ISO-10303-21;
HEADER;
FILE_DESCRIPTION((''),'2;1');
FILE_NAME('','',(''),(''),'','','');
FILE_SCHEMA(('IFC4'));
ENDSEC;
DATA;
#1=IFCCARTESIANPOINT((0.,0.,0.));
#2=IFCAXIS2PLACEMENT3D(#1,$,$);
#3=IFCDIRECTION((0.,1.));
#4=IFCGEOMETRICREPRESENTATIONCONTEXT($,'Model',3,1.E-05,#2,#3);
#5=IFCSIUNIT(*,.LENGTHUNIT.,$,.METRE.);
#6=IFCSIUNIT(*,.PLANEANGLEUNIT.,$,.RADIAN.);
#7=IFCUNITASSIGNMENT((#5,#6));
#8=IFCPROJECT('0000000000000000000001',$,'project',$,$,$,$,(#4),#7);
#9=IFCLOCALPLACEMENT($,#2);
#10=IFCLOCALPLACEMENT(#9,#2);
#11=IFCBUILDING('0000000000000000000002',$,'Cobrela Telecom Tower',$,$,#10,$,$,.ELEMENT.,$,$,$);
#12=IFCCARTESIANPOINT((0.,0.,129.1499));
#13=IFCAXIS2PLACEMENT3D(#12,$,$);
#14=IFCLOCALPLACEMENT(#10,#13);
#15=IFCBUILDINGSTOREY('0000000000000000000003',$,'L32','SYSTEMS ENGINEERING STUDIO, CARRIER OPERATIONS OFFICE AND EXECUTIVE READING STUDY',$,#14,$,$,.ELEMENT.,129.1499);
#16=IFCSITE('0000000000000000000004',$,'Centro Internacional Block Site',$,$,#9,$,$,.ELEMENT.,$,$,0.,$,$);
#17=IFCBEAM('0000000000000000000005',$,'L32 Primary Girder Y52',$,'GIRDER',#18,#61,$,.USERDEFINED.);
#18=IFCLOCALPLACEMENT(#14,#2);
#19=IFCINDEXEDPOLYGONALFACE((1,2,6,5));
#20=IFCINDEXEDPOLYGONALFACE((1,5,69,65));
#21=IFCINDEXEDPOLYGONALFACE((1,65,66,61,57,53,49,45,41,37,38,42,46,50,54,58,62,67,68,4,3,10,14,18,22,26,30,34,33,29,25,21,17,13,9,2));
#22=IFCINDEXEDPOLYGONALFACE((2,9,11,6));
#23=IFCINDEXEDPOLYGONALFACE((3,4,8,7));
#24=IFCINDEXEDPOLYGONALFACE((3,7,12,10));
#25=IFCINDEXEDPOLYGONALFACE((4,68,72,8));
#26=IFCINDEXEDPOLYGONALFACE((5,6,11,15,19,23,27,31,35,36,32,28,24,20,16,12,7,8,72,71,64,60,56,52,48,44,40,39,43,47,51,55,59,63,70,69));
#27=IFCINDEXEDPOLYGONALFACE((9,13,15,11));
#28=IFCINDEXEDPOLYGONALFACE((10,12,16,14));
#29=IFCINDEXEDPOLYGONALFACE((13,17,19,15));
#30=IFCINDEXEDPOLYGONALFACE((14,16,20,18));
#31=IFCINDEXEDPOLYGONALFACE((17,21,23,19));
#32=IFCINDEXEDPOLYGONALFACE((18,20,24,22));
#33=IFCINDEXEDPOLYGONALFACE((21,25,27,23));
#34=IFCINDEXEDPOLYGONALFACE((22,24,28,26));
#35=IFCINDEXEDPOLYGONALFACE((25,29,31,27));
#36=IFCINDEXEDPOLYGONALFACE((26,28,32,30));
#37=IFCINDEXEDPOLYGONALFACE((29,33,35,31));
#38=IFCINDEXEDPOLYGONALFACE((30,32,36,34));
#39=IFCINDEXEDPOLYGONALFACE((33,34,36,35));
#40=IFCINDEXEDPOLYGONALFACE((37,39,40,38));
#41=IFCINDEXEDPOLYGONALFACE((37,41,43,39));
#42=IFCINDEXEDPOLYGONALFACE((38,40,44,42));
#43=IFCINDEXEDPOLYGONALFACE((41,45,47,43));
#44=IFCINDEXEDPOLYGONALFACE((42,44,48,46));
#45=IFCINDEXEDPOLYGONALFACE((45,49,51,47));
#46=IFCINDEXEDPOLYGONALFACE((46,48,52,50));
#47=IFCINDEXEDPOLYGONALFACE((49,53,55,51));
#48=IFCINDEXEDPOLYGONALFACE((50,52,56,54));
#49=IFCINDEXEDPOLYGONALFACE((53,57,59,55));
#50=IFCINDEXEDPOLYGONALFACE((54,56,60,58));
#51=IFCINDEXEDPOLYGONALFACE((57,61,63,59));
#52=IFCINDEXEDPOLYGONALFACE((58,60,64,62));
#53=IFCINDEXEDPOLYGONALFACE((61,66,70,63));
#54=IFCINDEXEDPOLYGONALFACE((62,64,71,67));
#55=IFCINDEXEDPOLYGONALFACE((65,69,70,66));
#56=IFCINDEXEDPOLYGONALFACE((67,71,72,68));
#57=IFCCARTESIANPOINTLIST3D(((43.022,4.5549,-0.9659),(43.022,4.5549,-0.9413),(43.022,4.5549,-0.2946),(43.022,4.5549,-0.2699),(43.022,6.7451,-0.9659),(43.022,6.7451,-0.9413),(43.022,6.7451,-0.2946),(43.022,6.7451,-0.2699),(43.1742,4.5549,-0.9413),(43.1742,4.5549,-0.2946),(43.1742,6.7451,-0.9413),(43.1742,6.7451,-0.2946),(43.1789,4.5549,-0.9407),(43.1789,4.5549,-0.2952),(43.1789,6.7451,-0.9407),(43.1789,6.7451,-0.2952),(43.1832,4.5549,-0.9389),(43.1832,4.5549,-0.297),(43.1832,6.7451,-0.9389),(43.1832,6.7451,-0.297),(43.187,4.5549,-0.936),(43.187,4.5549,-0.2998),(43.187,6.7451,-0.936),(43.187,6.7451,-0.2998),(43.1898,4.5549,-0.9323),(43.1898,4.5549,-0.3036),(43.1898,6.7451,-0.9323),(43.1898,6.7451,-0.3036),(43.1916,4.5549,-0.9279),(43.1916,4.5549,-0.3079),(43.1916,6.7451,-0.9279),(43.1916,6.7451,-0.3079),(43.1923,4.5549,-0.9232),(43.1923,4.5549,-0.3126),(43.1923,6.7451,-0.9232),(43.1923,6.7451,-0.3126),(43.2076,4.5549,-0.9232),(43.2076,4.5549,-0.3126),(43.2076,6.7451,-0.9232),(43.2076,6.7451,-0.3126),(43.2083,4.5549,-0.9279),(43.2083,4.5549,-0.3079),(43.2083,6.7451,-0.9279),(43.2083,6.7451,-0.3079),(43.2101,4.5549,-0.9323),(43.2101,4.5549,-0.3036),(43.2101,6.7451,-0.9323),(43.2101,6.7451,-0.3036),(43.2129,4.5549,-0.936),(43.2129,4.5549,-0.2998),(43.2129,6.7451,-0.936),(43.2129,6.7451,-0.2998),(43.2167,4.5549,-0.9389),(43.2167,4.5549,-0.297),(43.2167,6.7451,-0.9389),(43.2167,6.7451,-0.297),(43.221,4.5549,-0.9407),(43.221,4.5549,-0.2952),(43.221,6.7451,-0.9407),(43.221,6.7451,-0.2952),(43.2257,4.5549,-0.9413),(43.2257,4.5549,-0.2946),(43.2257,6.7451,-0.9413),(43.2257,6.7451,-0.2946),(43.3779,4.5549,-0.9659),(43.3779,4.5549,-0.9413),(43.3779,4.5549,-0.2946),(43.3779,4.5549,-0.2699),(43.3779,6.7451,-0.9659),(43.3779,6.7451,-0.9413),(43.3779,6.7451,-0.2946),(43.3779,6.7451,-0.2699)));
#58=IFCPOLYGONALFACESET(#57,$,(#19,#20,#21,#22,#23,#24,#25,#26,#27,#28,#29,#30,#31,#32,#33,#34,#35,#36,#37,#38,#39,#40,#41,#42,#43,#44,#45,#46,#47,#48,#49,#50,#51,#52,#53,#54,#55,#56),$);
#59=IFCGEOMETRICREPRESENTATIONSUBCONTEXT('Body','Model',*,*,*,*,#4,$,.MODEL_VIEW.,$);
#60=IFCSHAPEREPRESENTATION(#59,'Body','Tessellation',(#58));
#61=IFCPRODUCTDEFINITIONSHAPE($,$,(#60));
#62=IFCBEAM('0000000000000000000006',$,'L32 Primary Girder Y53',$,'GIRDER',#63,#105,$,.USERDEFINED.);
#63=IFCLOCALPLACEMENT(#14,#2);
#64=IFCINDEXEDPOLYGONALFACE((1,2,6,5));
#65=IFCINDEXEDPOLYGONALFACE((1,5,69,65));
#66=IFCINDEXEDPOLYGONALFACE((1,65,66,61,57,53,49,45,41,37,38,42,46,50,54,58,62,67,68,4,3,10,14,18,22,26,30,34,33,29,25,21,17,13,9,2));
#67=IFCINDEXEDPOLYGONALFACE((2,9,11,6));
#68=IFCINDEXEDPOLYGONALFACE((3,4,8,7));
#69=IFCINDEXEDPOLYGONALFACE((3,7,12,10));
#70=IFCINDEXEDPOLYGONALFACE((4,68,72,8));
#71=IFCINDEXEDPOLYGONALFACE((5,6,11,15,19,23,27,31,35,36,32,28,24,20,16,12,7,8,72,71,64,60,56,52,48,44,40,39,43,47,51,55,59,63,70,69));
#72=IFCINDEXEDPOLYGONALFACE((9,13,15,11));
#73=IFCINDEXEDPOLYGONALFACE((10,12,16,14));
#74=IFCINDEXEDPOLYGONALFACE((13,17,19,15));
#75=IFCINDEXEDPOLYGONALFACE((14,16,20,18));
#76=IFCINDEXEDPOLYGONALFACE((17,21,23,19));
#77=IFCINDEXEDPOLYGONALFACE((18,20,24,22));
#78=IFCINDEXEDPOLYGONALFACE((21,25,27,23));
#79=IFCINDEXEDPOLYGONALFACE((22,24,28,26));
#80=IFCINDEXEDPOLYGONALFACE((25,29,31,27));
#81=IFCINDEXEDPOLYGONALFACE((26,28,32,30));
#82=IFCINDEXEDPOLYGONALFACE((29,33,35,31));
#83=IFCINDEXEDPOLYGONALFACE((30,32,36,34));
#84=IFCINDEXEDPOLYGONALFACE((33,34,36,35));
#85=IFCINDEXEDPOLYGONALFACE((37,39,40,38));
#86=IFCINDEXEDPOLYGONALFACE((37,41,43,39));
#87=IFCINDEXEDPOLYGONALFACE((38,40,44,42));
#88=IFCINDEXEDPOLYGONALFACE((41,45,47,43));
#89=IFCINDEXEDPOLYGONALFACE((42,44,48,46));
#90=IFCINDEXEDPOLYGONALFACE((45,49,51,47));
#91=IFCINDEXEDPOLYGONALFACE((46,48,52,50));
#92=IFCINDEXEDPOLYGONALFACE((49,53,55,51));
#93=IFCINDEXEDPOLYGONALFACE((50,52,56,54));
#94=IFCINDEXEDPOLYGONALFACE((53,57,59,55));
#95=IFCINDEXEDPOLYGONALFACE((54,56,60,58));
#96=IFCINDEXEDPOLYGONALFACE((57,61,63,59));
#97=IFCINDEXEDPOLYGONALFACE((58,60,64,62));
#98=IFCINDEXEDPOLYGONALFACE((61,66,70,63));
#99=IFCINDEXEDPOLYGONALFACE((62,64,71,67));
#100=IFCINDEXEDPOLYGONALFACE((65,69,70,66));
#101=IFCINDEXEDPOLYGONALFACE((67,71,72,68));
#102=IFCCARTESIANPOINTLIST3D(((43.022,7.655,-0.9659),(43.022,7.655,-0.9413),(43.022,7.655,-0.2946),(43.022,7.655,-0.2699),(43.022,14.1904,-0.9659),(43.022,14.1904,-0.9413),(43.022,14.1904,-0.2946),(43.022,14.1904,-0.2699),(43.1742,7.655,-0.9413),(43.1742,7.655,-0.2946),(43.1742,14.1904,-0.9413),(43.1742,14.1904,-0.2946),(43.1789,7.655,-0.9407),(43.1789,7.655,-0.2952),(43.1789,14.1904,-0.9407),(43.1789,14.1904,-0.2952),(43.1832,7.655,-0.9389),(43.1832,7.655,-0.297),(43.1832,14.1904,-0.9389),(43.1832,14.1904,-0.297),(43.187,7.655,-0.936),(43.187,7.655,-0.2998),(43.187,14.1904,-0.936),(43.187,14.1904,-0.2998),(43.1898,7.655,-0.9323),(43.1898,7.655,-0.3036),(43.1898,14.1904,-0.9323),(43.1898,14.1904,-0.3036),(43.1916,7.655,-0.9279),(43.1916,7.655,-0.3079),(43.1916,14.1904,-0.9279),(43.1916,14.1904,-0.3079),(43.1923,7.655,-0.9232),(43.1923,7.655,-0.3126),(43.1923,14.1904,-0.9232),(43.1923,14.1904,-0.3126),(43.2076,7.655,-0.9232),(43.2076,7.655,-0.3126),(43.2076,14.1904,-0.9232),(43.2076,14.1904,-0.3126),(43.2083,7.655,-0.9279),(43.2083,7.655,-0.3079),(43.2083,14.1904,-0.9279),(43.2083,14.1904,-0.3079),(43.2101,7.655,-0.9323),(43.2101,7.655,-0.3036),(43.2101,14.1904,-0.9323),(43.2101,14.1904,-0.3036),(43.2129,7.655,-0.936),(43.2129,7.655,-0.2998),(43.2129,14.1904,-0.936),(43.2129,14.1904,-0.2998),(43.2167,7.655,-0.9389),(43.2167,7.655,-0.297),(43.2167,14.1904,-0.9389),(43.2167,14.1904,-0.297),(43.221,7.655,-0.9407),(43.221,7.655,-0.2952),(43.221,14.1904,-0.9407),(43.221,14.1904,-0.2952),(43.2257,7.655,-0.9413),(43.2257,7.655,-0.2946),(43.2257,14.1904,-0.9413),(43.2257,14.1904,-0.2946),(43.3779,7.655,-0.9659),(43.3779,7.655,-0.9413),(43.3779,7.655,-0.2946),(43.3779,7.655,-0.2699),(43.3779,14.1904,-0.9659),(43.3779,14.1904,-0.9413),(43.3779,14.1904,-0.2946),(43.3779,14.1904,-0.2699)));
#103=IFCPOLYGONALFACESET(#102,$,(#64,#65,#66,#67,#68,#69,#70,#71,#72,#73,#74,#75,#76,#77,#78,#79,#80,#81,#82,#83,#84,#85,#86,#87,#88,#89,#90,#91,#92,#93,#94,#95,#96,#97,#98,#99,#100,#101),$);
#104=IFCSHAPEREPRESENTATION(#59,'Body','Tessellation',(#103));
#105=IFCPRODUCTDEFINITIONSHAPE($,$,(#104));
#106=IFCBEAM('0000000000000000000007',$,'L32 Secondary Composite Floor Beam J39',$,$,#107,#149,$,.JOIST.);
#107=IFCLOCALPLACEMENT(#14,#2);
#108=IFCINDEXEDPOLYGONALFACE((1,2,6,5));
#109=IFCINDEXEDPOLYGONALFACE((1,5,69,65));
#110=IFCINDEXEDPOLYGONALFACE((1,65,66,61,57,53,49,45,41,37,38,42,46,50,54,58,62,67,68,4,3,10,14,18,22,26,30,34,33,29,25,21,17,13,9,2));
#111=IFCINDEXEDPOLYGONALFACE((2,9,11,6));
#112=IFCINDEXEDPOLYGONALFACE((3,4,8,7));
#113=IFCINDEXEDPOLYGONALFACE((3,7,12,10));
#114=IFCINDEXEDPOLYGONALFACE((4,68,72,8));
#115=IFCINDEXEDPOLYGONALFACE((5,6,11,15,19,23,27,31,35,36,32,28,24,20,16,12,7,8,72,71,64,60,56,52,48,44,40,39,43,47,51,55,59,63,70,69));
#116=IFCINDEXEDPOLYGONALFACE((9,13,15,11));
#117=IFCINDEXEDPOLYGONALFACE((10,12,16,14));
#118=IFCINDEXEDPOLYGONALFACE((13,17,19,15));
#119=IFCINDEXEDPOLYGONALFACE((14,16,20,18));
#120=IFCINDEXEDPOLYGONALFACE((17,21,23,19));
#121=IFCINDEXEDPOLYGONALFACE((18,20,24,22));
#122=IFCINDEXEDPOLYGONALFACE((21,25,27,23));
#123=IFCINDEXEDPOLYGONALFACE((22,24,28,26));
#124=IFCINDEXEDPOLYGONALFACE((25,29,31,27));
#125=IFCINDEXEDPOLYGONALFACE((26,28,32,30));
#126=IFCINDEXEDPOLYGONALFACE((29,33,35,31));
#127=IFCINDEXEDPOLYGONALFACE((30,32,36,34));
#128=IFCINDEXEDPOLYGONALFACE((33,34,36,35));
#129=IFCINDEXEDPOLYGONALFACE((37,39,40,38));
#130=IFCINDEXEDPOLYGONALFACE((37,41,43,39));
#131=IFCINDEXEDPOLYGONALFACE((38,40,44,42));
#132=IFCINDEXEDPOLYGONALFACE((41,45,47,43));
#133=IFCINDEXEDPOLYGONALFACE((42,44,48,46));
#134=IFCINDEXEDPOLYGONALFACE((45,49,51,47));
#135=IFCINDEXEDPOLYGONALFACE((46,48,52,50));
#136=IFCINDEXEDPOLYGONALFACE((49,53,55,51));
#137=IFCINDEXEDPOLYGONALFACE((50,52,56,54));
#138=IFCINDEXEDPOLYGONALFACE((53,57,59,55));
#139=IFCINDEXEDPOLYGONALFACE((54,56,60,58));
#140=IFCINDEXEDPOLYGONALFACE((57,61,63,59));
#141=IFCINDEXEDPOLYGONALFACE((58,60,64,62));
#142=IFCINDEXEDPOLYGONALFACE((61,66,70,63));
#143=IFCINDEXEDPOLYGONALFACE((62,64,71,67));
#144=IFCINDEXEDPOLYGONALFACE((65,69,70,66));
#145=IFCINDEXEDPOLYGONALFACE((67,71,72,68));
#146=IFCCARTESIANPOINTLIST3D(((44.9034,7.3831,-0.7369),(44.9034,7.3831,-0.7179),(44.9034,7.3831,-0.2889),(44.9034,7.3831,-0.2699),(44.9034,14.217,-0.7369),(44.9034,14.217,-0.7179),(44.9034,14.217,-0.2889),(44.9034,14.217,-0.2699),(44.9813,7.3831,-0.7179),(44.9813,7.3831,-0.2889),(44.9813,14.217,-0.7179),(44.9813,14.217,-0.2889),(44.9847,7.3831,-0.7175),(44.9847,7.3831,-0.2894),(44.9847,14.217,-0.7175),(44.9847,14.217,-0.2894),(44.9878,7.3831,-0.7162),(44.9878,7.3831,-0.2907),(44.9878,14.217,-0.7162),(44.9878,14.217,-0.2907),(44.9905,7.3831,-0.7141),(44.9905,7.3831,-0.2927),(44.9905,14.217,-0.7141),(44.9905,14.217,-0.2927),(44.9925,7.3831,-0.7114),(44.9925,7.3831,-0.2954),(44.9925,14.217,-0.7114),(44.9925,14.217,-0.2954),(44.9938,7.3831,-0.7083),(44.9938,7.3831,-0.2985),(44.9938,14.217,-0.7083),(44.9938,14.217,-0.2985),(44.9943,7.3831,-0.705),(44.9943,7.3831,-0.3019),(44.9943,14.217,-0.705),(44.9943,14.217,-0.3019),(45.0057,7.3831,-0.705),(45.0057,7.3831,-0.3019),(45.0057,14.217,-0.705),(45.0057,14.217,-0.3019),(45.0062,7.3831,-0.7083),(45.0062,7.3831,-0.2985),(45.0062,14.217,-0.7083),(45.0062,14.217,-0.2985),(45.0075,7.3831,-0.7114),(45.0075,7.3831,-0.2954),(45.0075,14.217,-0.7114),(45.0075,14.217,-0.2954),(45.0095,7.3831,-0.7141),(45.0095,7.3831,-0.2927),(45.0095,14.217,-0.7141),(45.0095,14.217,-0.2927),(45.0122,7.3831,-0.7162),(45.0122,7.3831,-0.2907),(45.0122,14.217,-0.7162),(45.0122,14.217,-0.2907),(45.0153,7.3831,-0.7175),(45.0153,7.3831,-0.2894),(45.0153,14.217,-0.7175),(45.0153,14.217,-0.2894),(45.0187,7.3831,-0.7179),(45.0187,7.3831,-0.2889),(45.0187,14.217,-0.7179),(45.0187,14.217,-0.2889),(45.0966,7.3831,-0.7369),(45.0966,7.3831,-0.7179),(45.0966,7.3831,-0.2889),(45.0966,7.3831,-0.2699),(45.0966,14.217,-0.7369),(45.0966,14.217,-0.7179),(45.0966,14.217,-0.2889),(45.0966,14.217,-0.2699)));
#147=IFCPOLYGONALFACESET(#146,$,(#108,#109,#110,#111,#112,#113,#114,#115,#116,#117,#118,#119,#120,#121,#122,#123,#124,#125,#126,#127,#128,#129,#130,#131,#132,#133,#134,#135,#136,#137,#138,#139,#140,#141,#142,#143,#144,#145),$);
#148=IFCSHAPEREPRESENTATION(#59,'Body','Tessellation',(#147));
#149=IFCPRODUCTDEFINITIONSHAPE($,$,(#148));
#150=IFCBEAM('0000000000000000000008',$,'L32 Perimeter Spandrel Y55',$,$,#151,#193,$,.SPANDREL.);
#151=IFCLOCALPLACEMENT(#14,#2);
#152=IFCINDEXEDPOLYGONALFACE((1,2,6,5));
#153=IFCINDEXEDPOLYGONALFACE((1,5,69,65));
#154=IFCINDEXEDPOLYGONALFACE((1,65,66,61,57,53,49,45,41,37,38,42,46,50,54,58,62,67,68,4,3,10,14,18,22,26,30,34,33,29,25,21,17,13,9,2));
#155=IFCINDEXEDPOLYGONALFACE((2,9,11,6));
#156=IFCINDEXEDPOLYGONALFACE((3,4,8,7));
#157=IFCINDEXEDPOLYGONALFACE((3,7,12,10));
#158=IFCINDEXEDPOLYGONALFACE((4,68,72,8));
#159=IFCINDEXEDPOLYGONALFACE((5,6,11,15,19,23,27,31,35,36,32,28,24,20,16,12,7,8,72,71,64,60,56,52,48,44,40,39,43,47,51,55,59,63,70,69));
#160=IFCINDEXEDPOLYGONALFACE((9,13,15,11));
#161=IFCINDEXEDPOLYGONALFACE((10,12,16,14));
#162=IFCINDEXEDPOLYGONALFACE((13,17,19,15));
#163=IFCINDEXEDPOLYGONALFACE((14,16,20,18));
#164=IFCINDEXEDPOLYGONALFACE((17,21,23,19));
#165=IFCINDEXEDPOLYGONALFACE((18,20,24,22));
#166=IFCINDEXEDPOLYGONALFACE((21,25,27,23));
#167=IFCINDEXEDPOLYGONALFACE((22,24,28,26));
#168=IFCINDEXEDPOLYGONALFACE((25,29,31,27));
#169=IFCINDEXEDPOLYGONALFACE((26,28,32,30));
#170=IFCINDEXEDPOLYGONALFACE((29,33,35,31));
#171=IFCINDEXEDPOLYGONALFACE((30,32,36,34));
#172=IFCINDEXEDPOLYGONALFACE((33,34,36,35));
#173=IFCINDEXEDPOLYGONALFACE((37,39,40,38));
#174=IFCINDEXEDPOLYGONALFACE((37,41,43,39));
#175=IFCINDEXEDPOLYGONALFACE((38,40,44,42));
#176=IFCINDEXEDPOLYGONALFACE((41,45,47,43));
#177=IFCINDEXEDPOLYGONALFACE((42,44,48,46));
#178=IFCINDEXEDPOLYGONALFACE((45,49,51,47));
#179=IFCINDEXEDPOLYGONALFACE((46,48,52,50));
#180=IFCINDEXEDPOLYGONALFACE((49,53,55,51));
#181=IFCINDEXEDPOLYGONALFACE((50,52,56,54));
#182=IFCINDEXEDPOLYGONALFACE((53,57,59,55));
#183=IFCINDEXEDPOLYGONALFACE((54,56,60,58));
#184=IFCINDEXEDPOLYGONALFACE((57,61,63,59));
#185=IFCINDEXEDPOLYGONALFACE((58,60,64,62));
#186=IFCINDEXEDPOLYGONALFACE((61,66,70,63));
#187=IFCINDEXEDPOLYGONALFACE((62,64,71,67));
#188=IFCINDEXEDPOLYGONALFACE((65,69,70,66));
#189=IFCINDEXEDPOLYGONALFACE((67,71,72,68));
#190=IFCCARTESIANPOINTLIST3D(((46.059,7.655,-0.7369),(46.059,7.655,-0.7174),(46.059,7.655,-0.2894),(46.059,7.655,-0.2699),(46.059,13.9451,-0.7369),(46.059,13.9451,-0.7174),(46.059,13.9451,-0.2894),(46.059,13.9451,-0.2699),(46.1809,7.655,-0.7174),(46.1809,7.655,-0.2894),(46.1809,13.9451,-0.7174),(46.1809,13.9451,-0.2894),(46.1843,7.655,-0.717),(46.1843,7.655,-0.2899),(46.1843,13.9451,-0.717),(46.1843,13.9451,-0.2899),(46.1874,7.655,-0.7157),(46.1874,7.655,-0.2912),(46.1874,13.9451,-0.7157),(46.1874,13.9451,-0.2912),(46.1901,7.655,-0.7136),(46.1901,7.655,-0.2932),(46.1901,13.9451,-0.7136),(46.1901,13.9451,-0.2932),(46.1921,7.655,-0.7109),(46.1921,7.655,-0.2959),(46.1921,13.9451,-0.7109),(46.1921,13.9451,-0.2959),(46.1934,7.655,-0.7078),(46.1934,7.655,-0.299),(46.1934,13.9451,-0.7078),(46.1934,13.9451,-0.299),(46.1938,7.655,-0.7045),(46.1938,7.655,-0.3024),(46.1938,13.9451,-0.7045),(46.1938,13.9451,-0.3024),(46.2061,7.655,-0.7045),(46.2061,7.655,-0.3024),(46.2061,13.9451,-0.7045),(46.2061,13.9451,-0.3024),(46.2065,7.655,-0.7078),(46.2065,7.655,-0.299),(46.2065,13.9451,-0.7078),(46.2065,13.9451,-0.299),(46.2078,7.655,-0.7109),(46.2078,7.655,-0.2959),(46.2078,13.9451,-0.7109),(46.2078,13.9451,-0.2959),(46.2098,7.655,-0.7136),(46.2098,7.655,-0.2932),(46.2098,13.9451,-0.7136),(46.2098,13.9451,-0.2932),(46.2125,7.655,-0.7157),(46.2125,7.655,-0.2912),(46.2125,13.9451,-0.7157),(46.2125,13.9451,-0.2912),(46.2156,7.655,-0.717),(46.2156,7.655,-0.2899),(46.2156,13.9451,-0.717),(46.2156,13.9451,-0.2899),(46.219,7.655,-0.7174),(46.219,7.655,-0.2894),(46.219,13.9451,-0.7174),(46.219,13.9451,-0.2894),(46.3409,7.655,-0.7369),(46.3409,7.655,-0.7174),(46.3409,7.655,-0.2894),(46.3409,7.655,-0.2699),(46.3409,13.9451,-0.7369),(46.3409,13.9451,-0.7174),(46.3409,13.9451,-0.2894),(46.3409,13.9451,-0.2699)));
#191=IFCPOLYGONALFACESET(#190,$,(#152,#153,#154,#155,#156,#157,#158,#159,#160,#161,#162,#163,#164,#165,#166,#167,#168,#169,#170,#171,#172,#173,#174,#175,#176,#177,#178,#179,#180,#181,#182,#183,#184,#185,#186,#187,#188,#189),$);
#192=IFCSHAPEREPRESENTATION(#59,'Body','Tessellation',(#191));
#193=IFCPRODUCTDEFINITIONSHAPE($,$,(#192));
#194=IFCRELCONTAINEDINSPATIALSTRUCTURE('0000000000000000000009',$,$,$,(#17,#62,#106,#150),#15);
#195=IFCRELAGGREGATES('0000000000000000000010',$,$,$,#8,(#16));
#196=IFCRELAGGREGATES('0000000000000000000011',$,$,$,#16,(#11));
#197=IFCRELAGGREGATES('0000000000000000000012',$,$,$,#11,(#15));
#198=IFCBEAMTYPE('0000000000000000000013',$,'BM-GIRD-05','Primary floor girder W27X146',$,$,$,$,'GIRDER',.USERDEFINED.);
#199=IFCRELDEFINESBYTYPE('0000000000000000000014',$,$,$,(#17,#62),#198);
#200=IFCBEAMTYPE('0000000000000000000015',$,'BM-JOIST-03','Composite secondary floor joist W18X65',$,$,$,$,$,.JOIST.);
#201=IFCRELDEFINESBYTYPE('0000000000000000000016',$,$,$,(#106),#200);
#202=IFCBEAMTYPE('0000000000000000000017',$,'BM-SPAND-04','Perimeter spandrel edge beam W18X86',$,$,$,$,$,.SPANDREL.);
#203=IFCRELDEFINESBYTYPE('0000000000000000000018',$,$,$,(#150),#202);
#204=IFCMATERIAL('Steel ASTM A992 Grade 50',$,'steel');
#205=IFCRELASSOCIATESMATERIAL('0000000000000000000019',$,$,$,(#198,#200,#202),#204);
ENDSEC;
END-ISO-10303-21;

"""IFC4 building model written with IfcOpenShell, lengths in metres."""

from ifc_helpers import new_model, si_unit, direction, frame, origin, origin_2d, place, context, subcontext, project, spatial, i_section, extrude, material, material_profile, profile_set, type_object, element, save


model = new_model("IFC4")

# Units and contexts
model_context = context("Model", 3, precision=1e-05, world=origin(), true_north=direction((0.0, 1.0)))
body_context = subcontext(model_context, "Body", "Model", "MODEL_VIEW")
ifc_project = project(units=[si_unit("LENGTHUNIT", "METRE"), si_unit("PLANEANGLEUNIT", "RADIAN")], contexts=[model_context])

# Site, building, storey
site_placement = place(None, origin())
site = spatial("IfcSite", under=ifc_project, at=site_placement, Name="Centro Internacional Block Site", CompositionType="ELEMENT", RefElevation=0.0)
building_placement = place(site_placement, origin())
building = spatial("IfcBuilding", under=site, at=building_placement, Name="Cobrela Telecom Tower", CompositionType="ELEMENT")
storey_placement = place(building_placement, frame((0.0, 0.0, 129.1499)))
storey = spatial("IfcBuildingStorey", under=building, at=storey_placement, Name="L32", Description="SYSTEMS ENGINEERING STUDIO, CARRIER OPERATIONS OFFICE AND EXECUTIVE READING STUDY", CompositionType="ELEMENT", Elevation=129.1499)

# Shared definitions
ifc_material_1 = material(Name="Steel ASTM A992 Grade 50", Category="steel")

# Beams
ifc_material_profile_1 = material_profile(ifc_material_1, i_section(OverallWidth=0.356, OverallDepth=0.696, WebThickness=0.0154, FlangeThickness=0.0247, FilletRadius=0.0181, at=origin_2d()), Name="W27X146")
ifc_profile_set_1 = profile_set([ifc_material_profile_1], Name="Steel ASTM A992 Grade 50")
beam_type_1 = type_object("IfcBeamType", Name="BM-GIRD-05", Description="Primary floor girder W27X146", ElementType="GIRDER", PredefinedType="USERDEFINED", material=ifc_profile_set_1)
beam_1_placement = place(storey_placement, frame((43.2, 4.5549, -0.6179), z_axis=(0.0, 1.0, 0.0), x_axis=(-1.0, 0.0, 0.0)))
element("IfcBeam", 1, at=beam_1_placement, inside=storey, type_object=beam_type_1, Name="L32 Primary Girder Y52", ObjectType="GIRDER", PredefinedType="USERDEFINED", context=body_context, shape_type="SweptSolid", body=[
    extrude(i_section(OverallWidth=0.356, OverallDepth=0.696, WebThickness=0.0154, FlangeThickness=0.0247, FilletRadius=0.0181, at=origin_2d()), origin(), (0.0, 0.0, 1.0), 2.1902),
])
beam_2_placement = place(storey_placement, frame((43.2, 7.655, -0.6179), z_axis=(0.0, 1.0, 0.0), x_axis=(-1.0, 0.0, 0.0)))
element("IfcBeam", 2, at=beam_2_placement, inside=storey, type_object=beam_type_1, Name="L32 Primary Girder Y53", ObjectType="GIRDER", PredefinedType="USERDEFINED", context=body_context, shape_type="SweptSolid", body=[
    extrude(i_section(OverallWidth=0.356, OverallDepth=0.696, WebThickness=0.0154, FlangeThickness=0.0247, FilletRadius=0.0181, at=origin_2d()), origin(), (0.0, 0.0, 1.0), 6.5354),
])
ifc_material_profile_2 = material_profile(ifc_material_1, i_section(OverallWidth=0.1931, OverallDepth=0.467, WebThickness=0.0115, FlangeThickness=0.019, FilletRadius=0.0129, at=origin_2d()), Name="W18X65")
ifc_profile_set_2 = profile_set([ifc_material_profile_2], Name="Steel ASTM A992 Grade 50")
beam_type_2 = type_object("IfcBeamType", Name="BM-JOIST-03", Description="Composite secondary floor joist W18X65", PredefinedType="JOIST", material=ifc_profile_set_2)
beam_3_placement = place(storey_placement, frame((45.0, 7.3831, -0.5034), z_axis=(0.0, 1.0, 0.0), x_axis=(-1.0, 0.0, 0.0)))
element("IfcBeam", 3, at=beam_3_placement, inside=storey, type_object=beam_type_2, Name="L32 Secondary Composite Floor Beam J39", PredefinedType="JOIST", context=body_context, shape_type="SweptSolid", body=[
    extrude(i_section(OverallWidth=0.1931, OverallDepth=0.467, WebThickness=0.0115, FlangeThickness=0.019, FilletRadius=0.0129, at=origin_2d()), origin(), (0.0, 0.0, 1.0), 6.834),
])
ifc_material_profile_3 = material_profile(ifc_material_1, i_section(OverallWidth=0.282, OverallDepth=0.467, WebThickness=0.0122, FlangeThickness=0.0195, FilletRadius=0.0129, at=origin_2d()), Name="W18X86")
ifc_profile_set_3 = profile_set([ifc_material_profile_3], Name="Steel ASTM A992 Grade 50")
beam_type_3 = type_object("IfcBeamType", Name="BM-SPAND-04", Description="Perimeter spandrel edge beam W18X86", PredefinedType="SPANDREL", material=ifc_profile_set_3)
beam_4_placement = place(storey_placement, frame((46.2, 7.655, -0.5034), z_axis=(0.0, 1.0, 0.0), x_axis=(-1.0, 0.0, 0.0)))
element("IfcBeam", 4, at=beam_4_placement, inside=storey, type_object=beam_type_3, Name="L32 Perimeter Spandrel Y55", PredefinedType="SPANDREL", context=body_context, shape_type="SweptSolid", body=[
    extrude(i_section(OverallWidth=0.282, OverallDepth=0.467, WebThickness=0.0122, FlangeThickness=0.0195, FilletRadius=0.0129, at=origin_2d()), origin(), (0.0, 0.0, 1.0), 6.29),
])

save(model, "model.ifc")
